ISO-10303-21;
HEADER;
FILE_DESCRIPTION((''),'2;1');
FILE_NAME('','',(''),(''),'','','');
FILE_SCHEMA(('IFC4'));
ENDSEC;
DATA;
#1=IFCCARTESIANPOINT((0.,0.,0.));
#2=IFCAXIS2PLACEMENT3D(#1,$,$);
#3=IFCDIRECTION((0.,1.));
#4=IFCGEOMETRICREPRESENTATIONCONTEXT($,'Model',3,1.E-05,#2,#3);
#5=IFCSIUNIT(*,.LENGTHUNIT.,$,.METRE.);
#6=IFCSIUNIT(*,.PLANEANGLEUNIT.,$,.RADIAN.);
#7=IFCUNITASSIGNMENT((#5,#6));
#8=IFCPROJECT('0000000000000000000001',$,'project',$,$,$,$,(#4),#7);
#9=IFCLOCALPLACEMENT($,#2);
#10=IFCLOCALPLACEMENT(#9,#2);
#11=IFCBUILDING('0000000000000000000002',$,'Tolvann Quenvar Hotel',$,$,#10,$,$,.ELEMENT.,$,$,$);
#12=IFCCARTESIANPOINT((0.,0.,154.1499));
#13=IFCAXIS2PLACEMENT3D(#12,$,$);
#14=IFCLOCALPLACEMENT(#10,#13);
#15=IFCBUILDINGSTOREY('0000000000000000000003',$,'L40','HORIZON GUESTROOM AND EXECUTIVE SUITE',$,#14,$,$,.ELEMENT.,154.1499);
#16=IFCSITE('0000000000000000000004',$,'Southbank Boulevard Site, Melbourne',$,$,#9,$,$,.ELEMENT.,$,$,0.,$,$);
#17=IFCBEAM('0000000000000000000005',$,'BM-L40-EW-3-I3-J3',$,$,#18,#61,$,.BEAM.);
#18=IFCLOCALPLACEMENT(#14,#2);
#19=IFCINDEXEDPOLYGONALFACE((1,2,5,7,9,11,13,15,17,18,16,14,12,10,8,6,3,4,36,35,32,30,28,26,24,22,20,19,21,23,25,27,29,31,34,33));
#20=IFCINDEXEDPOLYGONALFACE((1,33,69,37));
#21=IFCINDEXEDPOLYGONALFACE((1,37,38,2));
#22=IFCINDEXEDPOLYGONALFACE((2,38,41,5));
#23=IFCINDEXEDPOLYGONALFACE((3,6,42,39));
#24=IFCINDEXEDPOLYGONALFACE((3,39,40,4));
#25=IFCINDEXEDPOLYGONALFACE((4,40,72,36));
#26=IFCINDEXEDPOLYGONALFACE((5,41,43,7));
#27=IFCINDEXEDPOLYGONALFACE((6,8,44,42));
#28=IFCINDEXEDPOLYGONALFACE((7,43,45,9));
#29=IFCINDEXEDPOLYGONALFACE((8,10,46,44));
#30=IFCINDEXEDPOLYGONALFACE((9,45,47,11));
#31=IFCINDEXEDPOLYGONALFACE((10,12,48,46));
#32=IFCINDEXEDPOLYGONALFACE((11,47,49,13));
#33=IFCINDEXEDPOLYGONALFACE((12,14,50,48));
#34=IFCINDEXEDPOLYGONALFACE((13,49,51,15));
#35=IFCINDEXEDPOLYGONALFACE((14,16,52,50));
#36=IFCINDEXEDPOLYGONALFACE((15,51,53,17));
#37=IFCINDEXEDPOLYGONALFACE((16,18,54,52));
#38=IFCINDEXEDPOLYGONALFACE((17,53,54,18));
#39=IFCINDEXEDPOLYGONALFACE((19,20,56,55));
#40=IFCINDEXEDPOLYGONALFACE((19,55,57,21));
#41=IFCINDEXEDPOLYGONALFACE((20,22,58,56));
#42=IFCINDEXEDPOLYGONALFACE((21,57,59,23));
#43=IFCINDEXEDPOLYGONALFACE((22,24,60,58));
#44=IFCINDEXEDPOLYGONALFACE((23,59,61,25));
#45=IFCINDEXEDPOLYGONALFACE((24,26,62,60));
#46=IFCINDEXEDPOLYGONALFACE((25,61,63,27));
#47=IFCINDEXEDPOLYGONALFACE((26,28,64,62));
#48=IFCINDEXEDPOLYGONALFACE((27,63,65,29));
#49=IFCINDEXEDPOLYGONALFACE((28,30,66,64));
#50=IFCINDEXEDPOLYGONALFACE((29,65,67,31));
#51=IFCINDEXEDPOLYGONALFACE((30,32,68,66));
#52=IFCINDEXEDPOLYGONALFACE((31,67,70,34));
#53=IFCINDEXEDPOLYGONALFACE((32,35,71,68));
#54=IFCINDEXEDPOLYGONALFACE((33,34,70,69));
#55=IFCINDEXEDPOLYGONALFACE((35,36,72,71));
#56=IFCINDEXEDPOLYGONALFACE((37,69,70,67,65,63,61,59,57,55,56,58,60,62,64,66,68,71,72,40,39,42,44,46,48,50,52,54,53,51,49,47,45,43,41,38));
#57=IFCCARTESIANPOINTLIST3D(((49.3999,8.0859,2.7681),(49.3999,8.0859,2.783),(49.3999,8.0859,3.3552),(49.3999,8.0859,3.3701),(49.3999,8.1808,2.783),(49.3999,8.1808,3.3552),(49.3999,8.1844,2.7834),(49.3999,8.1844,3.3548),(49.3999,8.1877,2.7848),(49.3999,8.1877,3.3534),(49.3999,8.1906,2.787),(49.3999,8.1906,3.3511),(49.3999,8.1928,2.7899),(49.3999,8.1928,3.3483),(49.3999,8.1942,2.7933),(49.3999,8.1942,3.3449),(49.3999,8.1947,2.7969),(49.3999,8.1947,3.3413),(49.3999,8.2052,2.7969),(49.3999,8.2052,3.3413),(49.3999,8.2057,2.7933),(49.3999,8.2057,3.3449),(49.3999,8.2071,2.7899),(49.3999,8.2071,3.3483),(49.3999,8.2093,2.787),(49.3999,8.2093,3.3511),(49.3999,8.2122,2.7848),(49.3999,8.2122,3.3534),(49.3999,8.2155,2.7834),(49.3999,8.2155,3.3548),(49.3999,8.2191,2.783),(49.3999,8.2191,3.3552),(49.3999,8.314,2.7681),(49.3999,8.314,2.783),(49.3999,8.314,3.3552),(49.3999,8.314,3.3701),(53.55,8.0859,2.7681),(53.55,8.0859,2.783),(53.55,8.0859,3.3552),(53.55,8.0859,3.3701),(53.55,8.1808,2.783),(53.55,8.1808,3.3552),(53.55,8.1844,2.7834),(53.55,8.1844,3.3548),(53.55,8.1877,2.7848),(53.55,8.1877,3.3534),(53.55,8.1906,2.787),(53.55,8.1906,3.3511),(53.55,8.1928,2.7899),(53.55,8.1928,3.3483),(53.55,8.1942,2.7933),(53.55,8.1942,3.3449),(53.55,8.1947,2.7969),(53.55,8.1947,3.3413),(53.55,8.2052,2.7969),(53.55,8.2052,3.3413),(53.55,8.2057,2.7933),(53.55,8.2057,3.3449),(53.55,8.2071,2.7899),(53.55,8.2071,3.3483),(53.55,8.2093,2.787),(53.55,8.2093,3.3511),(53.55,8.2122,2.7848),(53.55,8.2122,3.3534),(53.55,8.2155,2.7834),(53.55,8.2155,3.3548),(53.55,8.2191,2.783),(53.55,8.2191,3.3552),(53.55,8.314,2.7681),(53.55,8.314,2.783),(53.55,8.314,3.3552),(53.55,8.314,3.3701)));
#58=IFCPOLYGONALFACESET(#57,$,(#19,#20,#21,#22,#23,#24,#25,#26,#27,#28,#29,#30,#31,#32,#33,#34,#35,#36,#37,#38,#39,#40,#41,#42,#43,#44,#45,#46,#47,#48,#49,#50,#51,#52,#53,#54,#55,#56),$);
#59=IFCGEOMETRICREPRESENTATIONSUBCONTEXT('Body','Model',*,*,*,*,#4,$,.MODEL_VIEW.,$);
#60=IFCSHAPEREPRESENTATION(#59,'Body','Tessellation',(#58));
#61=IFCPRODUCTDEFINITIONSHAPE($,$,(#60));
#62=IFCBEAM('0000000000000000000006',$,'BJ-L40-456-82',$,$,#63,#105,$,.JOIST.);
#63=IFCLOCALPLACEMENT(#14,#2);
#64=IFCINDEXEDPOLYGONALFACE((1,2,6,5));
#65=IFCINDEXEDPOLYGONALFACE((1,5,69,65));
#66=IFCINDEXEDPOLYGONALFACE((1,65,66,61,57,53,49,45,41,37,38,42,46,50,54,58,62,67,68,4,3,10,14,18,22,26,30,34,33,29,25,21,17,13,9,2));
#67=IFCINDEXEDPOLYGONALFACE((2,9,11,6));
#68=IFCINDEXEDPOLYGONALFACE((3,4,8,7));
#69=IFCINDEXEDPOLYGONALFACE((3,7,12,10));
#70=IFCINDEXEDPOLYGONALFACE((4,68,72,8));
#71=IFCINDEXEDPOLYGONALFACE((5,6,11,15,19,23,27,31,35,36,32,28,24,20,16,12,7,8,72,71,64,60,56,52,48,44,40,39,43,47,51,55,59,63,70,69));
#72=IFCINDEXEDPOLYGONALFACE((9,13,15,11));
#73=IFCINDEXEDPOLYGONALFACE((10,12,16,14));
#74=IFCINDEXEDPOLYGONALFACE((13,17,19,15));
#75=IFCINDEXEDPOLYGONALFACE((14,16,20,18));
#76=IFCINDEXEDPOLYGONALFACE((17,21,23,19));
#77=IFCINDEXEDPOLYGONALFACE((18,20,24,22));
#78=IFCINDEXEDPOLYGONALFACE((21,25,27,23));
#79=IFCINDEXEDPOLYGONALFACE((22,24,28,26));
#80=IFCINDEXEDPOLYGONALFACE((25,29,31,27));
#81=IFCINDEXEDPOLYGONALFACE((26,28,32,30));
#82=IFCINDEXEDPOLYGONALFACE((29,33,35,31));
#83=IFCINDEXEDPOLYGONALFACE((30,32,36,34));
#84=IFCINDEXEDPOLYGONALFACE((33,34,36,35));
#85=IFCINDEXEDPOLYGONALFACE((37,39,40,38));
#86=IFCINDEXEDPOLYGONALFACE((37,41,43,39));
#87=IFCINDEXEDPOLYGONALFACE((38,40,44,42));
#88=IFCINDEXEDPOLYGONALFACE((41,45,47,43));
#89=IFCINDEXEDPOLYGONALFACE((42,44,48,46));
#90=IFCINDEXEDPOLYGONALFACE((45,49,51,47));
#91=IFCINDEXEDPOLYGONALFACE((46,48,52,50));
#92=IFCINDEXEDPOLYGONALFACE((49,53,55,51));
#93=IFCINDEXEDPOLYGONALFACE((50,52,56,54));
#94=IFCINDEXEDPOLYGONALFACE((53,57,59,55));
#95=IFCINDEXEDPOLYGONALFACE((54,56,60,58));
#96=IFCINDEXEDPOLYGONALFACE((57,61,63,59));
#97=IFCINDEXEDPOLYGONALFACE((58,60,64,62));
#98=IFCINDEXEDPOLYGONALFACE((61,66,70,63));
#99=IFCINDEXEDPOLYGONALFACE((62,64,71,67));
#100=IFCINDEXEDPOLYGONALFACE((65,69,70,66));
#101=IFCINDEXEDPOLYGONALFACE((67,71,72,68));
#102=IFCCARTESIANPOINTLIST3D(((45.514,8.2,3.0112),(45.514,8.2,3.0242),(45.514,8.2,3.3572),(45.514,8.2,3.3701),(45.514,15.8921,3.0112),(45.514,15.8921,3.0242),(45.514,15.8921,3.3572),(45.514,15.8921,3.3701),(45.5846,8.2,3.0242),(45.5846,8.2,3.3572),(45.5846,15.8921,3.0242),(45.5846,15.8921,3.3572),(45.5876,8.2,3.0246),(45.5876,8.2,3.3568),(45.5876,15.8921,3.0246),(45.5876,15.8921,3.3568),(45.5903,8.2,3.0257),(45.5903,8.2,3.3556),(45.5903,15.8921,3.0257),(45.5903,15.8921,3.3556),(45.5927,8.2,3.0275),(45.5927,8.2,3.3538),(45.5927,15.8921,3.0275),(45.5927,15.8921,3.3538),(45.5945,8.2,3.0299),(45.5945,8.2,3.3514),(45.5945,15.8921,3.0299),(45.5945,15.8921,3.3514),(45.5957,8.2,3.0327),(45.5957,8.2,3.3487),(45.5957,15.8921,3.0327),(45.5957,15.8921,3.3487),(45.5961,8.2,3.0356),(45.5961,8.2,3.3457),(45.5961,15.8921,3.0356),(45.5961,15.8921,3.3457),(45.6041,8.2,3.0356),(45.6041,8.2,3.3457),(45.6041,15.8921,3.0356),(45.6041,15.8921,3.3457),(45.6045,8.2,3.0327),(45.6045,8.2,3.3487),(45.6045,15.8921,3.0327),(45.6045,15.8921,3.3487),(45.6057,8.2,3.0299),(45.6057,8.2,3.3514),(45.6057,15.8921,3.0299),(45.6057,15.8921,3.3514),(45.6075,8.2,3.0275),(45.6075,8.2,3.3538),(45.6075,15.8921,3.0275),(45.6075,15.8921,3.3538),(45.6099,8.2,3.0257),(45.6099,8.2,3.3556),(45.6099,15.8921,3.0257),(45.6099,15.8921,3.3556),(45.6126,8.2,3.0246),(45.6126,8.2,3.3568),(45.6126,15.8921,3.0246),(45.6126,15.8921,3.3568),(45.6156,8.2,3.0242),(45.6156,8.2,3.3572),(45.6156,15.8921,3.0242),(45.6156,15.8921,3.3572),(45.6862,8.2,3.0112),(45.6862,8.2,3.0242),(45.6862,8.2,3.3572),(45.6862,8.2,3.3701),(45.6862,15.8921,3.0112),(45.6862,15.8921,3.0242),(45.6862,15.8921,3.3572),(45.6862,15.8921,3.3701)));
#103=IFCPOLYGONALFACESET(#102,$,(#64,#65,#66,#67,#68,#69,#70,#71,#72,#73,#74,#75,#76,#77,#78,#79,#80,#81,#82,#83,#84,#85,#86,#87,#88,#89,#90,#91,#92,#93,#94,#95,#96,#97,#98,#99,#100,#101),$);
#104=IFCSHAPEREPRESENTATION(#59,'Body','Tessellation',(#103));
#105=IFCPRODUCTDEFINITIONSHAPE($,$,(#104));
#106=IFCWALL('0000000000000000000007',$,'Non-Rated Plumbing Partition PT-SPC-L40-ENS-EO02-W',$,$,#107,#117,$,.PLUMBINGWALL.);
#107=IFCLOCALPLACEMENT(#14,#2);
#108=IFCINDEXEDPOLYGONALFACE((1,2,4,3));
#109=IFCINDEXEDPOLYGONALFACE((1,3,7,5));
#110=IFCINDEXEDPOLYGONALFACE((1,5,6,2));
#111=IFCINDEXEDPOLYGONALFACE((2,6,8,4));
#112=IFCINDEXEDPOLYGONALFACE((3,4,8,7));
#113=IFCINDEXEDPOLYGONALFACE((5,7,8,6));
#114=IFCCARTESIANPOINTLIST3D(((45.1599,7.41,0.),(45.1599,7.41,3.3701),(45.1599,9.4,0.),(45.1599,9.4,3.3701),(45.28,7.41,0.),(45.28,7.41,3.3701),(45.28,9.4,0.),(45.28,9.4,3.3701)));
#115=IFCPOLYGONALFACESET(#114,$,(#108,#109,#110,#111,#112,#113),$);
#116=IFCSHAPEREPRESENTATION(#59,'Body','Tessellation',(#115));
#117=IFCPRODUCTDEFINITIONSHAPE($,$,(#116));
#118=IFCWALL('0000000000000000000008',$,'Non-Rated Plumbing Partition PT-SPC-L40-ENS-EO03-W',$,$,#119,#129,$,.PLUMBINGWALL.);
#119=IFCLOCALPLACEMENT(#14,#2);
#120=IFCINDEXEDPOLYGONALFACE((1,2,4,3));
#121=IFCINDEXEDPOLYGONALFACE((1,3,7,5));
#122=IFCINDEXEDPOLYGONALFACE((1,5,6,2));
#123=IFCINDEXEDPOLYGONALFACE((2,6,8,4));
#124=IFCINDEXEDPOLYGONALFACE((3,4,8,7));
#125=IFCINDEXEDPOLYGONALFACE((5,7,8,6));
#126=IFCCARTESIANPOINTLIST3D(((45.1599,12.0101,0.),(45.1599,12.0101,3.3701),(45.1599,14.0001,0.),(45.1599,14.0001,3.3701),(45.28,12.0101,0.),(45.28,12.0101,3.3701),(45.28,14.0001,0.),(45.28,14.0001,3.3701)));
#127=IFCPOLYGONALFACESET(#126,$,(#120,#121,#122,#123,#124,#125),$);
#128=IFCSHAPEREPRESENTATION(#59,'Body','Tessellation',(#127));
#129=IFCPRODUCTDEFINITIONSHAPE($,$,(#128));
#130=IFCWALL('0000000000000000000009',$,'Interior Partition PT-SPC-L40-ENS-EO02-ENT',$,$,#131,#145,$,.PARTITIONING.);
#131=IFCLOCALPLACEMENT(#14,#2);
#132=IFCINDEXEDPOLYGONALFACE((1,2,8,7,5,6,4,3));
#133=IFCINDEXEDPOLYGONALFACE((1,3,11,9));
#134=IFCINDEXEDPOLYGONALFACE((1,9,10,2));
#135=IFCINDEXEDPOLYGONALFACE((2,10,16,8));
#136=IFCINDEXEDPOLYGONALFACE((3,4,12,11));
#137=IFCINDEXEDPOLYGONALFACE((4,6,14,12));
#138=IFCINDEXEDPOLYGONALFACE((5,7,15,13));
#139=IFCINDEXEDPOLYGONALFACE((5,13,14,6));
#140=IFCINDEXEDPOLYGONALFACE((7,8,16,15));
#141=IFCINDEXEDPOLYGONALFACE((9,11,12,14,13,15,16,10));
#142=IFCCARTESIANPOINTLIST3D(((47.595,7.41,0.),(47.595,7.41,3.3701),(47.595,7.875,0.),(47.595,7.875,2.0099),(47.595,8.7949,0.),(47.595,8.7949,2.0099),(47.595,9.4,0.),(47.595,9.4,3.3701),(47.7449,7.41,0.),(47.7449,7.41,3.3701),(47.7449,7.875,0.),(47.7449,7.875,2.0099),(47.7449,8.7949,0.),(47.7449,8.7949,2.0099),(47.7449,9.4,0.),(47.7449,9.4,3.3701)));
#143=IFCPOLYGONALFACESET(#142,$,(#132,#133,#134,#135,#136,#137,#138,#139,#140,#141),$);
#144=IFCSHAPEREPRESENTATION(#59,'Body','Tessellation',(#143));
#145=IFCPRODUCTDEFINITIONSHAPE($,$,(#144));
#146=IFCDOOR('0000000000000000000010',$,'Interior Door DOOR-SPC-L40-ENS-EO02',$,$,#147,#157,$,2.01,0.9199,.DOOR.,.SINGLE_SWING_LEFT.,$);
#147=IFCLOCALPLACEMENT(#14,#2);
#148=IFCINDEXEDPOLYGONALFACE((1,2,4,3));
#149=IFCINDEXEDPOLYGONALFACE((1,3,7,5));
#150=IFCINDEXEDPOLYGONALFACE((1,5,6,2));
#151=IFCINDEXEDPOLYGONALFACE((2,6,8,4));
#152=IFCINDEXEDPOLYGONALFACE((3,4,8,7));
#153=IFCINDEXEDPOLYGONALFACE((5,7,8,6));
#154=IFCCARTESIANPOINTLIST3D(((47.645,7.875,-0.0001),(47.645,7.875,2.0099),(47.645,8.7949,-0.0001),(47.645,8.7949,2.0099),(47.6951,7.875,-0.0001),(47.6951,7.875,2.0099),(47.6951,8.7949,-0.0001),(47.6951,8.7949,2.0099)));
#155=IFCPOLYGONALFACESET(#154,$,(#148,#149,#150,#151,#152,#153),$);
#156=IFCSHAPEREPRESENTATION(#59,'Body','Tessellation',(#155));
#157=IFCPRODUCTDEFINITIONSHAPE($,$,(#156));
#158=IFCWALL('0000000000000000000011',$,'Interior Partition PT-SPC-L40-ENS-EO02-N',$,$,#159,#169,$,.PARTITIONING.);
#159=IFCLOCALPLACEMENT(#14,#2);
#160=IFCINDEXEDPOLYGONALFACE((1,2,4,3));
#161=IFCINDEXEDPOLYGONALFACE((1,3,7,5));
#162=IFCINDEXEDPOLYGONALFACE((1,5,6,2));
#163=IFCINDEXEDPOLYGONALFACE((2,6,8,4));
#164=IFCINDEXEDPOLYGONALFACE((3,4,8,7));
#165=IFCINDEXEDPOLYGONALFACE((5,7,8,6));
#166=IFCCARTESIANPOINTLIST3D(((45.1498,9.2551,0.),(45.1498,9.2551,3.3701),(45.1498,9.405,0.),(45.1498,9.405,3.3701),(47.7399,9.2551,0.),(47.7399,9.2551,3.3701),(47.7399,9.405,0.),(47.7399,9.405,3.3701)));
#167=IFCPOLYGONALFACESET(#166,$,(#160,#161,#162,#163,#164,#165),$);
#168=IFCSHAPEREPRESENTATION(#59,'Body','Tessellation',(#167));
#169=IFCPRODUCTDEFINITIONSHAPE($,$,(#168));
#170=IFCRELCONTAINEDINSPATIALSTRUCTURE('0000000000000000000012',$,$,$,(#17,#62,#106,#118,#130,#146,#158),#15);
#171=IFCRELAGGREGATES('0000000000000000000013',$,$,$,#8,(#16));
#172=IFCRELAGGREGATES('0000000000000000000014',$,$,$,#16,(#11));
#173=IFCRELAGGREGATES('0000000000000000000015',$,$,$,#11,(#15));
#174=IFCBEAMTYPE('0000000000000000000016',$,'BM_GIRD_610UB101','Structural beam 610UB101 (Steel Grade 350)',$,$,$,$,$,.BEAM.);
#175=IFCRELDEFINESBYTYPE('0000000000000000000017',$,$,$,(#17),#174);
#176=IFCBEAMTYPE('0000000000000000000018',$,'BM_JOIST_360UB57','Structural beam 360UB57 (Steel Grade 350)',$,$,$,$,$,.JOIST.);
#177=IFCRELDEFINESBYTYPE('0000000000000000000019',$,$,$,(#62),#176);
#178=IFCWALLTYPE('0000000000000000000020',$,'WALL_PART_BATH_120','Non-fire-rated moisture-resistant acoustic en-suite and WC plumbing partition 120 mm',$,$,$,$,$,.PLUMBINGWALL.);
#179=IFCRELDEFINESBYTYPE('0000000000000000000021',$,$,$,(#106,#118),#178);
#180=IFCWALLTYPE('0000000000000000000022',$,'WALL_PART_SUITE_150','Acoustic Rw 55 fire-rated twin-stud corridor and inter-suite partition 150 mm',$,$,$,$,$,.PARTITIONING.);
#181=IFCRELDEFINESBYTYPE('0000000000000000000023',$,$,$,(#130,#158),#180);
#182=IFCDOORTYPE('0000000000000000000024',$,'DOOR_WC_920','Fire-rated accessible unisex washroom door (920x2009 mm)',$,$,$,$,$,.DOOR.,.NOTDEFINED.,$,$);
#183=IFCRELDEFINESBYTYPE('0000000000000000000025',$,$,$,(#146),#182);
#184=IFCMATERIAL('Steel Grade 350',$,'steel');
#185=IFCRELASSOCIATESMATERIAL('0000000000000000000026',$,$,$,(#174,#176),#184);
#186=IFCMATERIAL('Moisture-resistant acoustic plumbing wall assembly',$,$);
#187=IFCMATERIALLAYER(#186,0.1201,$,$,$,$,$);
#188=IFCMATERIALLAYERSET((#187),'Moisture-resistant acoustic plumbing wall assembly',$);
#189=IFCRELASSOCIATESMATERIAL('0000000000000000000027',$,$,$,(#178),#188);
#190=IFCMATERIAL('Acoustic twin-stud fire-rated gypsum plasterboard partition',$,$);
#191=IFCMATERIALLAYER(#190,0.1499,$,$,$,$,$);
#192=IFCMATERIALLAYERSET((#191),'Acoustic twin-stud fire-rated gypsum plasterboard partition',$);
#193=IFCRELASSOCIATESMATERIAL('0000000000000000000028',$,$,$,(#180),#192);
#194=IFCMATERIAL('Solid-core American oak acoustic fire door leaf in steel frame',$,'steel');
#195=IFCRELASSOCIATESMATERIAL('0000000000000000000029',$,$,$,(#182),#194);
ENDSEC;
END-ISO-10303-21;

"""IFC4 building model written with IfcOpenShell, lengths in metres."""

from ifc_helpers import new_model, si_unit, direction, frame, frame_2d, origin, origin_2d, place, context, subcontext, project, spatial, rectangle, i_section, extrude, source, transform, mapped, material, layer, layer_set, material_profile, profile_set, type_object, type_shapes, element, fill, save


model = new_model("IFC4")

# Units and contexts
model_context = context("Model", 3, precision=1e-05, world=origin(), true_north=direction((0.0, 1.0)))
body_context = subcontext(model_context, "Body", "Model", "MODEL_VIEW")
ifc_project = project(units=[si_unit("LENGTHUNIT", "METRE"), si_unit("PLANEANGLEUNIT", "RADIAN")], contexts=[model_context])

# Site, building, storey
site_placement = place(None, origin())
site = spatial("IfcSite", under=ifc_project, at=site_placement, Name="Southbank Boulevard Site, Melbourne", CompositionType="ELEMENT", RefElevation=0.0)
building_placement = place(site_placement, origin())
building = spatial("IfcBuilding", under=site, at=building_placement, Name="Tolvann Quenvar Hotel", CompositionType="ELEMENT")
storey_placement = place(building_placement, frame((0.0, 0.0, 154.1499)))
storey = spatial("IfcBuildingStorey", under=building, at=storey_placement, Name="L40", Description="HORIZON GUESTROOM AND EXECUTIVE SUITE", CompositionType="ELEMENT", Elevation=154.1499)

# Shared definitions
ifc_material_1 = material(Name="Steel Grade 350", Category="steel")

# Beams
ifc_material_profile_1 = material_profile(ifc_material_1, i_section(OverallWidth=0.228, OverallDepth=0.6021, WebThickness=0.0105, FlangeThickness=0.0149, FilletRadius=0.0139, at=origin_2d()), Name="610UB101")
ifc_profile_set_1 = profile_set([ifc_material_profile_1], Name="Steel Grade 350")
beam_type_1 = type_object("IfcBeamType", Name="BM_GIRD_610UB101", Description="Structural beam 610UB101 (Steel Grade 350)", PredefinedType="BEAM", material=ifc_profile_set_1)
shared_shape_1 = source(origin(), body_context, "Body", "SweptSolid", [
    extrude(i_section(OverallWidth=0.228, OverallDepth=0.6021, WebThickness=0.0105, FlangeThickness=0.0149, FilletRadius=0.0139, at=origin_2d()), origin(), (0.0, 0.0, 1.0), 4.1501),
])
type_shapes(beam_type_1, [shared_shape_1])
beam_1_placement = place(storey_placement, frame((49.3999, 8.2, 3.0691), z_axis=(1.0, 0.0, 0.0), x_axis=(0.0, 1.0, 0.0)))
element("IfcBeam", 1, at=beam_1_placement, inside=storey, type_object=beam_type_1, Name="BM-L40-EW-3-I3-J3", PredefinedType="BEAM", context=body_context, shape_type="MappedRepresentation", body=[
    mapped(shared_shape_1, transform((0.0, 0.0, 0.0), x_axis=(1.0, 0.0, 0.0), y_axis=(0.0, 1.0, 0.0), z_axis=(0.0, 0.0, 1.0), scale=1.0)),
])
ifc_material_profile_2 = material_profile(ifc_material_1, i_section(OverallWidth=0.1721, OverallDepth=0.3589, WebThickness=0.0081, FlangeThickness=0.0129, FilletRadius=0.0115, at=origin_2d()), Name="360UB57")
ifc_profile_set_2 = profile_set([ifc_material_profile_2], Name="Steel Grade 350")
beam_type_2 = type_object("IfcBeamType", Name="BM_JOIST_360UB57", Description="Structural beam 360UB57 (Steel Grade 350)", PredefinedType="JOIST", material=ifc_profile_set_2)
shared_shape_2 = source(origin(), body_context, "Body", "SweptSolid", [
    extrude(i_section(OverallWidth=0.1721, OverallDepth=0.3589, WebThickness=0.0081, FlangeThickness=0.0129, FilletRadius=0.0115, at=origin_2d()), origin(), (0.0, 0.0, 1.0), 7.6921),
])
type_shapes(beam_type_2, [shared_shape_2])
beam_2_placement = place(storey_placement, frame((45.6001, 8.2, 3.1907), z_axis=(0.0, 1.0, 0.0), x_axis=(-1.0, 0.0, 0.0)))
element("IfcBeam", 2, at=beam_2_placement, inside=storey, type_object=beam_type_2, Name="BJ-L40-456-82", PredefinedType="JOIST", context=body_context, shape_type="MappedRepresentation", body=[
    mapped(shared_shape_2, transform((0.0, 0.0, 0.0), x_axis=(1.0, 0.0, 0.0), y_axis=(0.0, 1.0, 0.0), z_axis=(0.0, 0.0, 1.0), scale=1.0)),
])

# Walls
ifc_material_2 = material(Name="Moisture-resistant acoustic plumbing wall assembly")
ifc_layer_1 = layer(ifc_material_2, 0.1201)
ifc_layer_set_1 = layer_set([ifc_layer_1], Name="Moisture-resistant acoustic plumbing wall assembly")
wall_type_1 = type_object("IfcWallType", Name="WALL_PART_BATH_120", Description="Non-fire-rated moisture-resistant acoustic en-suite and WC plumbing partition 120 mm", PredefinedType="PLUMBINGWALL", material=ifc_layer_set_1)
for number, where, z_axis, x_axis, name in (
    (3, (45.22, 7.4099, 0.0), (0.0, 0.0, 1.0), (0.0, 1.0, 0.0), "Non-Rated Plumbing Partition PT-SPC-L40-ENS-EO02-W"),
    (4, (45.22, 12.01, 0.0), (0.0, 0.0, 1.0), (0.0, 1.0, 0.0), "Non-Rated Plumbing Partition PT-SPC-L40-ENS-EO03-W"),
):
    element("IfcWall", number, at=place(storey_placement, frame(where, z_axis=z_axis, x_axis=x_axis)), inside=storey, type_object=wall_type_1, Name=name, PredefinedType="PLUMBINGWALL", context=body_context, shape_type="SweptSolid", body=[
        extrude(rectangle(XDim=1.99, YDim=0.1201, at=frame_2d((0.9951, 0.0))), origin(), (0.0, 0.0, 1.0), 3.3701),
    ])

# Wall, opening, door
ifc_material_3 = material(Name="Acoustic twin-stud fire-rated gypsum plasterboard partition")
ifc_layer_2 = layer(ifc_material_3, 0.1499)
ifc_layer_set_2 = layer_set([ifc_layer_2], Name="Acoustic twin-stud fire-rated gypsum plasterboard partition")
wall_type_2 = type_object("IfcWallType", Name="WALL_PART_SUITE_150", Description="Acoustic Rw 55 fire-rated twin-stud corridor and inter-suite partition 150 mm", PredefinedType="PARTITIONING", material=ifc_layer_set_2)
wall_1_placement = place(storey_placement, frame((47.6699, 7.4099, 0.0), z_axis=(0.0, 0.0, 1.0), x_axis=(0.0, 1.0, 0.0)))
wall_1 = element("IfcWall", 5, at=wall_1_placement, inside=storey, type_object=wall_type_2, Name="Interior Partition PT-SPC-L40-ENS-EO02-ENT", PredefinedType="PARTITIONING", context=body_context, shape_type="SweptSolid", body=[
    extrude(rectangle(XDim=1.99, YDim=0.1499, at=frame_2d((0.9951, 0.0))), origin(), (0.0, 0.0, 1.0), 3.3701),
])
opening_1_placement = place(wall_1_placement, frame((0.4651, 0.0, 0.0)))
opening_1 = element("IfcOpeningElement", 6, at=opening_1_placement, cuts=wall_1, PredefinedType="OPENING", context=body_context, shape_type="SweptSolid", body=[
    extrude(rectangle(XDim=0.9199, YDim=2.01, at=frame_2d((0.46, 1.0049))), frame((0.0, 0.085, 0.0), z_axis=(0.0, -1.0, 0.0), x_axis=(1.0, 0.0, 0.0)), (0.0, 0.0, 1.0), 0.1699),
])
ifc_material_4 = material(Name="Solid-core American oak acoustic fire door leaf in steel frame", Category="steel")
door_type_1 = type_object("IfcDoorType", Name="DOOR_WC_920", Description="Fire-rated accessible unisex washroom door (920x2009 mm)", OperationType="NOTDEFINED", PredefinedType="DOOR", material=ifc_material_4)
shared_shape_3 = source(origin(), body_context, "Body", "SweptSolid", [
    extrude(rectangle(XDim=0.9199, YDim=2.01, at=frame_2d((0.46, 1.0049))), frame((0.0, 0.0249, 0.0), z_axis=(0.0, -1.0, 0.0), x_axis=(1.0, 0.0, 0.0)), (0.0, 0.0, 1.0), 0.05),
])
type_shapes(door_type_1, [shared_shape_3])
door_1_placement = place(opening_1_placement, origin())
door_1 = element("IfcDoor", 7, at=door_1_placement, inside=storey, type_object=door_type_1, Name="Interior Door DOOR-SPC-L40-ENS-EO02", OperationType="SINGLE_SWING_LEFT", OverallHeight=2.01, OverallWidth=0.9199, PredefinedType="DOOR", context=body_context, shape_type="MappedRepresentation", body=[
    mapped(shared_shape_3, transform((0.0, 0.0, 0.0), x_axis=(1.0, 0.0, 0.0), y_axis=(0.0, 1.0, 0.0), z_axis=(0.0, 0.0, 1.0), scale=1.0)),
])
fill(opening_1, door_1)

# Wall
wall_2_placement = place(storey_placement, frame((45.1499, 9.3301, 0.0), z_axis=(0.0, 0.0, 1.0), x_axis=(1.0, 0.0, 0.0)))
element("IfcWall", 8, at=wall_2_placement, inside=storey, type_object=wall_type_2, Name="Interior Partition PT-SPC-L40-ENS-EO02-N", PredefinedType="PARTITIONING", context=body_context, shape_type="SweptSolid", body=[
    extrude(rectangle(XDim=2.5901, YDim=0.1499, at=frame_2d((1.2949, 0.0))), origin(), (0.0, 0.0, 1.0), 3.3701),
])

save(model, "model.ifc")
